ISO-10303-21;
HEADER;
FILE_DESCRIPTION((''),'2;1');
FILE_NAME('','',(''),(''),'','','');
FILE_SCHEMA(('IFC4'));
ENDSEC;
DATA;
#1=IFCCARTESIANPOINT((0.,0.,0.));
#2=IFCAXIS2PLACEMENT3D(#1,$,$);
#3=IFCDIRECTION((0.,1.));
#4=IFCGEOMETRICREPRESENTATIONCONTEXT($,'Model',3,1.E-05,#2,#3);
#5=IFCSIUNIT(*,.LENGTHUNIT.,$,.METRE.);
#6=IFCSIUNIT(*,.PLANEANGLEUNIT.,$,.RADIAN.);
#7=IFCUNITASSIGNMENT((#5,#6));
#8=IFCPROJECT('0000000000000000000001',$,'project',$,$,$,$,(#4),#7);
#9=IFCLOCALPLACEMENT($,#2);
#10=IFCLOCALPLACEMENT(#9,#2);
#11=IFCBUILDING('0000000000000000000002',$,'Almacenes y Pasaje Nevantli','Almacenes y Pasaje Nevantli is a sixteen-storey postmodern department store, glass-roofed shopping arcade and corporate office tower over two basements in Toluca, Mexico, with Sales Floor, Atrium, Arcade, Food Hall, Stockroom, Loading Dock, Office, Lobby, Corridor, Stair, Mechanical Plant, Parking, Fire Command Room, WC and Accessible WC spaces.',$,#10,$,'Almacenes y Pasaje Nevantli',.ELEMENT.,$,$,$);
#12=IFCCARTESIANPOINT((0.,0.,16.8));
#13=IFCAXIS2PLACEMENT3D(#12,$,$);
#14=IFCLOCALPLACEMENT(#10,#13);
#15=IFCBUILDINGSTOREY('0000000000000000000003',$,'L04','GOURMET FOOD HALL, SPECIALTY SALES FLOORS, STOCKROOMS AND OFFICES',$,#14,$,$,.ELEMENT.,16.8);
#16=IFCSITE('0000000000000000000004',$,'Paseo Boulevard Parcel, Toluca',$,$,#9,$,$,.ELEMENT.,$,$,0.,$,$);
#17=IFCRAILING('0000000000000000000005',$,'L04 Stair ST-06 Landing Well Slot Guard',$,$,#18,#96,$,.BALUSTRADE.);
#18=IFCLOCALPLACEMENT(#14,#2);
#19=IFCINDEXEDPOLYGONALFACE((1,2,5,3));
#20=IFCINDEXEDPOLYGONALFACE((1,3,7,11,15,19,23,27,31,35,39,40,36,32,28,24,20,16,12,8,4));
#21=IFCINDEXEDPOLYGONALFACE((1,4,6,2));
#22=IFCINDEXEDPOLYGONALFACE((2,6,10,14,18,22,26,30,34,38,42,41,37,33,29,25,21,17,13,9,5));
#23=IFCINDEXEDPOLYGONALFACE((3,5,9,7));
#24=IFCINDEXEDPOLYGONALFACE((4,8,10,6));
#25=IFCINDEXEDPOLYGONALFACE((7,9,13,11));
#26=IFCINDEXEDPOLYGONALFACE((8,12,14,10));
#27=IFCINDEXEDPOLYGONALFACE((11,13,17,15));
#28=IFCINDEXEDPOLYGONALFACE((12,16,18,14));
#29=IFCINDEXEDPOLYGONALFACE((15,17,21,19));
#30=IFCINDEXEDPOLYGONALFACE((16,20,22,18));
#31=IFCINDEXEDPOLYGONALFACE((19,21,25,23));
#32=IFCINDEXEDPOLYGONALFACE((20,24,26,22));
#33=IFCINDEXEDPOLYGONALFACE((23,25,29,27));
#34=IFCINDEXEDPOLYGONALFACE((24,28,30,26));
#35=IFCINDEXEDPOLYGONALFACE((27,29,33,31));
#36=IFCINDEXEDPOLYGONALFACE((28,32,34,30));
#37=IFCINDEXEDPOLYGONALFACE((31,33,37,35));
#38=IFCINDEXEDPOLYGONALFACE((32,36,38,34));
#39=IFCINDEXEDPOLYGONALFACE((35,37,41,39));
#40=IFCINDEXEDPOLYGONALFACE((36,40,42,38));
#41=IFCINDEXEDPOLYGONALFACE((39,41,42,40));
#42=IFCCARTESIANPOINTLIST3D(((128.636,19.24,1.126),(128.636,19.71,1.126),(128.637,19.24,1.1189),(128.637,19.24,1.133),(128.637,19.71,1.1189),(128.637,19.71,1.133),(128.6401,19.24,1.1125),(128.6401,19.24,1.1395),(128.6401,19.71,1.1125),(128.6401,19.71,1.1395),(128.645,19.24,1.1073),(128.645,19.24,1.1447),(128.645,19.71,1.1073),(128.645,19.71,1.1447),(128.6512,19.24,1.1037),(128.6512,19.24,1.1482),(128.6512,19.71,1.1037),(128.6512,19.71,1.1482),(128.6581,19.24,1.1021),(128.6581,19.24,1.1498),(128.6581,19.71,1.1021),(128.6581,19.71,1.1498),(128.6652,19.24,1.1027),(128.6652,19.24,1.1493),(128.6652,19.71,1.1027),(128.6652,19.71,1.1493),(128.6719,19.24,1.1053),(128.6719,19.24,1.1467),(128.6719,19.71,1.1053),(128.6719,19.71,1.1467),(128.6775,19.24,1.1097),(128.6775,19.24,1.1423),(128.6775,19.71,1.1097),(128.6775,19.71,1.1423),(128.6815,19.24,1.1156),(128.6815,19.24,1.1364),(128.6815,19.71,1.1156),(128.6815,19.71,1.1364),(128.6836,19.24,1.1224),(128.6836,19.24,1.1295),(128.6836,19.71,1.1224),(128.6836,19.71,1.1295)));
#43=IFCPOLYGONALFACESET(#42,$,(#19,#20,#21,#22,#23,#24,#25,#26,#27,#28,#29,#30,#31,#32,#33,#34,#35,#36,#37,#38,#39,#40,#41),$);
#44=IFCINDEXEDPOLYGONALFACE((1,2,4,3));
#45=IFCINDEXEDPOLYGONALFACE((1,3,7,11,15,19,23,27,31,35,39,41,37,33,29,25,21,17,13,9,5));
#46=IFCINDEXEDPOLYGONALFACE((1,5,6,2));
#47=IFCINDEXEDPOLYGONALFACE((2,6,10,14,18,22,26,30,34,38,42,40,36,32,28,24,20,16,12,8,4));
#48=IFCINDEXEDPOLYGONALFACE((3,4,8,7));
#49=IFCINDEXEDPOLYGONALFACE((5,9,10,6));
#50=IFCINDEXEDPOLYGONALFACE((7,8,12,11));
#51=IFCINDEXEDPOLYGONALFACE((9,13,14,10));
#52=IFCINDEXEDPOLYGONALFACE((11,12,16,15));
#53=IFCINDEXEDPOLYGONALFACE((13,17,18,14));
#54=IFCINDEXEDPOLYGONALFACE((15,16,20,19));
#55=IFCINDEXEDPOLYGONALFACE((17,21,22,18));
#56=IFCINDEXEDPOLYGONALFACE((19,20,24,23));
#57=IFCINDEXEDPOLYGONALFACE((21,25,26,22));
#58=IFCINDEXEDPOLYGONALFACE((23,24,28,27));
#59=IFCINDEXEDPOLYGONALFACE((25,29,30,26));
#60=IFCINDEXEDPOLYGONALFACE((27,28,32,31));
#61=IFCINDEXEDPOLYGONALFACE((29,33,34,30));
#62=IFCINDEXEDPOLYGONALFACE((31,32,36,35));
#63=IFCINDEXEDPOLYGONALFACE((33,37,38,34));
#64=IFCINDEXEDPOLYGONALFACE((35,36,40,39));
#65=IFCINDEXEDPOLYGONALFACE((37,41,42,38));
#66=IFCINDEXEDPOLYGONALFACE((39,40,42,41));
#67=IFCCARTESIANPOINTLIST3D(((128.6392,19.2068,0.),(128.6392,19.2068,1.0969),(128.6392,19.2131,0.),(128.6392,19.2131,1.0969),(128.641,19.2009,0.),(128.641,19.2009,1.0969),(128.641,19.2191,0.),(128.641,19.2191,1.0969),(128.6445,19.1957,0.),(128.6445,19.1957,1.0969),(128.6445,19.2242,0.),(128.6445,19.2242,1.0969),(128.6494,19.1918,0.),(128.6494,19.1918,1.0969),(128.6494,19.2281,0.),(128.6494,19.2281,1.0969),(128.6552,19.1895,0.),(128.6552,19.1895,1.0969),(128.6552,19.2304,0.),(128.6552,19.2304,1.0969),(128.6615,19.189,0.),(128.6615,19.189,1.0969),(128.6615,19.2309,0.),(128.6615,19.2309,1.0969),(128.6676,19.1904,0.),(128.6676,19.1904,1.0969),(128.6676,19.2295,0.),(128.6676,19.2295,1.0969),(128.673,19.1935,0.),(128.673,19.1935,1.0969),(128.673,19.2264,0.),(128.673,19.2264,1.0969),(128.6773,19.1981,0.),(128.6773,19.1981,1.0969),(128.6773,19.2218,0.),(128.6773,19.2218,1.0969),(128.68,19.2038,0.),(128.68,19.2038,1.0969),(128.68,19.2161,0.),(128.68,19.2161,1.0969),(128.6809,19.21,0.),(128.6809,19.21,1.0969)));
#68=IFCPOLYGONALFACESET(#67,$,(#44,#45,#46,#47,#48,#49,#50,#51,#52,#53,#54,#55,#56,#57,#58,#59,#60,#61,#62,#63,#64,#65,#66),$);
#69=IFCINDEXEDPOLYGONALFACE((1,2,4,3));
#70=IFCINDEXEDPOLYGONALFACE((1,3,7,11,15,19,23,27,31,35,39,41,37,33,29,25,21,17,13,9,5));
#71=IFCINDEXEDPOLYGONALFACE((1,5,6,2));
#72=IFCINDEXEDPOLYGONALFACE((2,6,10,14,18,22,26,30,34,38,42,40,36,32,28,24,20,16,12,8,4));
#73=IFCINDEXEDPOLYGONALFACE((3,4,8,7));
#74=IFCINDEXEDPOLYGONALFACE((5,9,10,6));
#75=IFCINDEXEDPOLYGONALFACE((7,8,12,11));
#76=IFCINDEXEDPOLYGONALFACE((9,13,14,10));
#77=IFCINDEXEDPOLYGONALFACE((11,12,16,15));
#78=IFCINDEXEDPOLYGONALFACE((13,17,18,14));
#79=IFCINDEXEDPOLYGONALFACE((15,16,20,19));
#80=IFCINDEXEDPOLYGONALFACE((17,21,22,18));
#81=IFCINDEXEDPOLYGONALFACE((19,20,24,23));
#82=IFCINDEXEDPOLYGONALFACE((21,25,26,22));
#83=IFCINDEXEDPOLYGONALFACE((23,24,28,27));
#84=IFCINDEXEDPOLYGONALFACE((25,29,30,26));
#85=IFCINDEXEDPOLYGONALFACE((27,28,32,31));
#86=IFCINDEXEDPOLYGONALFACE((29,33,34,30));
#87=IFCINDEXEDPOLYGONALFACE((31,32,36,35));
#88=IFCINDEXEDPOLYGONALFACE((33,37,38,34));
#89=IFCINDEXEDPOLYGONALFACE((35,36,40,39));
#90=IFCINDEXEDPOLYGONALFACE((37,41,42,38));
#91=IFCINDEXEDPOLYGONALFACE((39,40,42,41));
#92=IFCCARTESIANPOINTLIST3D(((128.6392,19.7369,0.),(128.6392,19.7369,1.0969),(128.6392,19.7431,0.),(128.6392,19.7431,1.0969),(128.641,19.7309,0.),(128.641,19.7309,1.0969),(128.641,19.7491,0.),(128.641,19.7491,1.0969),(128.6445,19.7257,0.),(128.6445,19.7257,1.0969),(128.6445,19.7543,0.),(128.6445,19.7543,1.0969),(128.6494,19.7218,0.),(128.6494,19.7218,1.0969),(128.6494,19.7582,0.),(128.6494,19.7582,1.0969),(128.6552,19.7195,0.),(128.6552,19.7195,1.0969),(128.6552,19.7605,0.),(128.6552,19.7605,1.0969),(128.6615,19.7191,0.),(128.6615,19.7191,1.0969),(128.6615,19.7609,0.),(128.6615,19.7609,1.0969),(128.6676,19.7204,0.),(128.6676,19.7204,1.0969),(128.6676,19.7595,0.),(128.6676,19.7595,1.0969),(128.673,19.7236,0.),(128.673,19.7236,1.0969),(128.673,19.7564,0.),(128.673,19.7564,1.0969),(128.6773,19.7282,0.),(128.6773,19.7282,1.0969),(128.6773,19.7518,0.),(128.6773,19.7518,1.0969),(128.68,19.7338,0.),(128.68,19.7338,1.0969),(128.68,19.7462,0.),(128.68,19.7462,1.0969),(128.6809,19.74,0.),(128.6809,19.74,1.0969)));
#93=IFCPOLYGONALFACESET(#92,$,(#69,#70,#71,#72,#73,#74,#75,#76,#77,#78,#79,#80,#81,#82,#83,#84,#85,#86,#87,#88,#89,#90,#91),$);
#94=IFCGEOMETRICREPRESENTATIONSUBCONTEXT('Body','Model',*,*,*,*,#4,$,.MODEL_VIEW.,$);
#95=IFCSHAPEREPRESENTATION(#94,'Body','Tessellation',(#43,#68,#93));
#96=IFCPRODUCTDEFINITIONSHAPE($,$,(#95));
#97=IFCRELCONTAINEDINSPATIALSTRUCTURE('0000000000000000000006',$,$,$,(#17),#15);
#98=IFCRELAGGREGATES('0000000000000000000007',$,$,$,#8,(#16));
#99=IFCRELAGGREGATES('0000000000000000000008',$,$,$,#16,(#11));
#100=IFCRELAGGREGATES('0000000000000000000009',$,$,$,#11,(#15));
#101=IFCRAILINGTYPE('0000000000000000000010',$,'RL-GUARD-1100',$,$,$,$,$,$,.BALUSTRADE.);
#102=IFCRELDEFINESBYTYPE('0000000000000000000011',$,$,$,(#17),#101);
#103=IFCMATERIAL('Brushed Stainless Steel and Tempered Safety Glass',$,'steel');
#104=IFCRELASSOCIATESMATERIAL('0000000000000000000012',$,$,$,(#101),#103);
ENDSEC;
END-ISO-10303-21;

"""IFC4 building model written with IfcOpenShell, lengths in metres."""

from ifc_helpers import new_model, si_unit, direction, frame, origin, origin_2d, place, context, subcontext, project, spatial, circle, extrude, material, type_object, element, save


model = new_model("IFC4")

# Units and contexts
model_context = context("Model", 3, precision=1e-05, world=origin(), true_north=direction((0.0, 1.0)))
body_context = subcontext(model_context, "Body", "Model", "MODEL_VIEW")
ifc_project = project(units=[si_unit("LENGTHUNIT", "METRE"), si_unit("PLANEANGLEUNIT", "RADIAN")], contexts=[model_context])

# Site, building, storey
site_placement = place(None, origin())
site = spatial("IfcSite", under=ifc_project, at=site_placement, Name="Paseo Boulevard Parcel, Toluca", CompositionType="ELEMENT", RefElevation=0.0)
building_placement = place(site_placement, origin())
building = spatial("IfcBuilding", under=site, at=building_placement, Name="Almacenes y Pasaje Nevantli", Description="Almacenes y Pasaje Nevantli is a sixteen-storey postmodern department store, glass-roofed shopping arcade and corporate office tower over two basements in Toluca, Mexico, with Sales Floor, Atrium, Arcade, Food Hall, Stockroom, Loading Dock, Office, Lobby, Corridor, Stair, Mechanical Plant, Parking, Fire Command Room, WC and Accessible WC spaces.", LongName="Almacenes y Pasaje Nevantli", CompositionType="ELEMENT")
storey_placement = place(building_placement, frame((0.0, 0.0, 16.8)))
storey = spatial("IfcBuildingStorey", under=building, at=storey_placement, Name="L04", Description="GOURMET FOOD HALL, SPECIALTY SALES FLOORS, STOCKROOMS AND OFFICES", CompositionType="ELEMENT", Elevation=16.8)

# Railing
ifc_material_1 = material(Name="Brushed Stainless Steel and Tempered Safety Glass", Category="steel")
railing_type_1 = type_object("IfcRailingType", Name="RL-GUARD-1100", PredefinedType="BALUSTRADE", material=ifc_material_1)
railing_1_placement = place(storey_placement, frame((128.6599, 19.21, 0.0)))
element("IfcRailing", 1, at=railing_1_placement, inside=storey, type_object=railing_type_1, Name="L04 Stair ST-06 Landing Well Slot Guard", PredefinedType="BALUSTRADE", context=body_context, shape_type="SweptSolid", body=[
    extrude(circle(Radius=0.0239, at=origin_2d()), frame((0.0, 0.03, 1.126), z_axis=(0.0, 1.0, 0.0), x_axis=(-1.0, 0.0, 0.0)), (0.0, 0.0, 1.0), 0.47),
    extrude(circle(Radius=0.021, at=origin_2d()), origin(), (0.0, 0.0, 1.0), 1.0969),
    extrude(circle(Radius=0.021, at=origin_2d()), frame((0.0, 0.53, 0.0)), (0.0, 0.0, 1.0), 1.0969),
])

save(model, "model.ifc")
